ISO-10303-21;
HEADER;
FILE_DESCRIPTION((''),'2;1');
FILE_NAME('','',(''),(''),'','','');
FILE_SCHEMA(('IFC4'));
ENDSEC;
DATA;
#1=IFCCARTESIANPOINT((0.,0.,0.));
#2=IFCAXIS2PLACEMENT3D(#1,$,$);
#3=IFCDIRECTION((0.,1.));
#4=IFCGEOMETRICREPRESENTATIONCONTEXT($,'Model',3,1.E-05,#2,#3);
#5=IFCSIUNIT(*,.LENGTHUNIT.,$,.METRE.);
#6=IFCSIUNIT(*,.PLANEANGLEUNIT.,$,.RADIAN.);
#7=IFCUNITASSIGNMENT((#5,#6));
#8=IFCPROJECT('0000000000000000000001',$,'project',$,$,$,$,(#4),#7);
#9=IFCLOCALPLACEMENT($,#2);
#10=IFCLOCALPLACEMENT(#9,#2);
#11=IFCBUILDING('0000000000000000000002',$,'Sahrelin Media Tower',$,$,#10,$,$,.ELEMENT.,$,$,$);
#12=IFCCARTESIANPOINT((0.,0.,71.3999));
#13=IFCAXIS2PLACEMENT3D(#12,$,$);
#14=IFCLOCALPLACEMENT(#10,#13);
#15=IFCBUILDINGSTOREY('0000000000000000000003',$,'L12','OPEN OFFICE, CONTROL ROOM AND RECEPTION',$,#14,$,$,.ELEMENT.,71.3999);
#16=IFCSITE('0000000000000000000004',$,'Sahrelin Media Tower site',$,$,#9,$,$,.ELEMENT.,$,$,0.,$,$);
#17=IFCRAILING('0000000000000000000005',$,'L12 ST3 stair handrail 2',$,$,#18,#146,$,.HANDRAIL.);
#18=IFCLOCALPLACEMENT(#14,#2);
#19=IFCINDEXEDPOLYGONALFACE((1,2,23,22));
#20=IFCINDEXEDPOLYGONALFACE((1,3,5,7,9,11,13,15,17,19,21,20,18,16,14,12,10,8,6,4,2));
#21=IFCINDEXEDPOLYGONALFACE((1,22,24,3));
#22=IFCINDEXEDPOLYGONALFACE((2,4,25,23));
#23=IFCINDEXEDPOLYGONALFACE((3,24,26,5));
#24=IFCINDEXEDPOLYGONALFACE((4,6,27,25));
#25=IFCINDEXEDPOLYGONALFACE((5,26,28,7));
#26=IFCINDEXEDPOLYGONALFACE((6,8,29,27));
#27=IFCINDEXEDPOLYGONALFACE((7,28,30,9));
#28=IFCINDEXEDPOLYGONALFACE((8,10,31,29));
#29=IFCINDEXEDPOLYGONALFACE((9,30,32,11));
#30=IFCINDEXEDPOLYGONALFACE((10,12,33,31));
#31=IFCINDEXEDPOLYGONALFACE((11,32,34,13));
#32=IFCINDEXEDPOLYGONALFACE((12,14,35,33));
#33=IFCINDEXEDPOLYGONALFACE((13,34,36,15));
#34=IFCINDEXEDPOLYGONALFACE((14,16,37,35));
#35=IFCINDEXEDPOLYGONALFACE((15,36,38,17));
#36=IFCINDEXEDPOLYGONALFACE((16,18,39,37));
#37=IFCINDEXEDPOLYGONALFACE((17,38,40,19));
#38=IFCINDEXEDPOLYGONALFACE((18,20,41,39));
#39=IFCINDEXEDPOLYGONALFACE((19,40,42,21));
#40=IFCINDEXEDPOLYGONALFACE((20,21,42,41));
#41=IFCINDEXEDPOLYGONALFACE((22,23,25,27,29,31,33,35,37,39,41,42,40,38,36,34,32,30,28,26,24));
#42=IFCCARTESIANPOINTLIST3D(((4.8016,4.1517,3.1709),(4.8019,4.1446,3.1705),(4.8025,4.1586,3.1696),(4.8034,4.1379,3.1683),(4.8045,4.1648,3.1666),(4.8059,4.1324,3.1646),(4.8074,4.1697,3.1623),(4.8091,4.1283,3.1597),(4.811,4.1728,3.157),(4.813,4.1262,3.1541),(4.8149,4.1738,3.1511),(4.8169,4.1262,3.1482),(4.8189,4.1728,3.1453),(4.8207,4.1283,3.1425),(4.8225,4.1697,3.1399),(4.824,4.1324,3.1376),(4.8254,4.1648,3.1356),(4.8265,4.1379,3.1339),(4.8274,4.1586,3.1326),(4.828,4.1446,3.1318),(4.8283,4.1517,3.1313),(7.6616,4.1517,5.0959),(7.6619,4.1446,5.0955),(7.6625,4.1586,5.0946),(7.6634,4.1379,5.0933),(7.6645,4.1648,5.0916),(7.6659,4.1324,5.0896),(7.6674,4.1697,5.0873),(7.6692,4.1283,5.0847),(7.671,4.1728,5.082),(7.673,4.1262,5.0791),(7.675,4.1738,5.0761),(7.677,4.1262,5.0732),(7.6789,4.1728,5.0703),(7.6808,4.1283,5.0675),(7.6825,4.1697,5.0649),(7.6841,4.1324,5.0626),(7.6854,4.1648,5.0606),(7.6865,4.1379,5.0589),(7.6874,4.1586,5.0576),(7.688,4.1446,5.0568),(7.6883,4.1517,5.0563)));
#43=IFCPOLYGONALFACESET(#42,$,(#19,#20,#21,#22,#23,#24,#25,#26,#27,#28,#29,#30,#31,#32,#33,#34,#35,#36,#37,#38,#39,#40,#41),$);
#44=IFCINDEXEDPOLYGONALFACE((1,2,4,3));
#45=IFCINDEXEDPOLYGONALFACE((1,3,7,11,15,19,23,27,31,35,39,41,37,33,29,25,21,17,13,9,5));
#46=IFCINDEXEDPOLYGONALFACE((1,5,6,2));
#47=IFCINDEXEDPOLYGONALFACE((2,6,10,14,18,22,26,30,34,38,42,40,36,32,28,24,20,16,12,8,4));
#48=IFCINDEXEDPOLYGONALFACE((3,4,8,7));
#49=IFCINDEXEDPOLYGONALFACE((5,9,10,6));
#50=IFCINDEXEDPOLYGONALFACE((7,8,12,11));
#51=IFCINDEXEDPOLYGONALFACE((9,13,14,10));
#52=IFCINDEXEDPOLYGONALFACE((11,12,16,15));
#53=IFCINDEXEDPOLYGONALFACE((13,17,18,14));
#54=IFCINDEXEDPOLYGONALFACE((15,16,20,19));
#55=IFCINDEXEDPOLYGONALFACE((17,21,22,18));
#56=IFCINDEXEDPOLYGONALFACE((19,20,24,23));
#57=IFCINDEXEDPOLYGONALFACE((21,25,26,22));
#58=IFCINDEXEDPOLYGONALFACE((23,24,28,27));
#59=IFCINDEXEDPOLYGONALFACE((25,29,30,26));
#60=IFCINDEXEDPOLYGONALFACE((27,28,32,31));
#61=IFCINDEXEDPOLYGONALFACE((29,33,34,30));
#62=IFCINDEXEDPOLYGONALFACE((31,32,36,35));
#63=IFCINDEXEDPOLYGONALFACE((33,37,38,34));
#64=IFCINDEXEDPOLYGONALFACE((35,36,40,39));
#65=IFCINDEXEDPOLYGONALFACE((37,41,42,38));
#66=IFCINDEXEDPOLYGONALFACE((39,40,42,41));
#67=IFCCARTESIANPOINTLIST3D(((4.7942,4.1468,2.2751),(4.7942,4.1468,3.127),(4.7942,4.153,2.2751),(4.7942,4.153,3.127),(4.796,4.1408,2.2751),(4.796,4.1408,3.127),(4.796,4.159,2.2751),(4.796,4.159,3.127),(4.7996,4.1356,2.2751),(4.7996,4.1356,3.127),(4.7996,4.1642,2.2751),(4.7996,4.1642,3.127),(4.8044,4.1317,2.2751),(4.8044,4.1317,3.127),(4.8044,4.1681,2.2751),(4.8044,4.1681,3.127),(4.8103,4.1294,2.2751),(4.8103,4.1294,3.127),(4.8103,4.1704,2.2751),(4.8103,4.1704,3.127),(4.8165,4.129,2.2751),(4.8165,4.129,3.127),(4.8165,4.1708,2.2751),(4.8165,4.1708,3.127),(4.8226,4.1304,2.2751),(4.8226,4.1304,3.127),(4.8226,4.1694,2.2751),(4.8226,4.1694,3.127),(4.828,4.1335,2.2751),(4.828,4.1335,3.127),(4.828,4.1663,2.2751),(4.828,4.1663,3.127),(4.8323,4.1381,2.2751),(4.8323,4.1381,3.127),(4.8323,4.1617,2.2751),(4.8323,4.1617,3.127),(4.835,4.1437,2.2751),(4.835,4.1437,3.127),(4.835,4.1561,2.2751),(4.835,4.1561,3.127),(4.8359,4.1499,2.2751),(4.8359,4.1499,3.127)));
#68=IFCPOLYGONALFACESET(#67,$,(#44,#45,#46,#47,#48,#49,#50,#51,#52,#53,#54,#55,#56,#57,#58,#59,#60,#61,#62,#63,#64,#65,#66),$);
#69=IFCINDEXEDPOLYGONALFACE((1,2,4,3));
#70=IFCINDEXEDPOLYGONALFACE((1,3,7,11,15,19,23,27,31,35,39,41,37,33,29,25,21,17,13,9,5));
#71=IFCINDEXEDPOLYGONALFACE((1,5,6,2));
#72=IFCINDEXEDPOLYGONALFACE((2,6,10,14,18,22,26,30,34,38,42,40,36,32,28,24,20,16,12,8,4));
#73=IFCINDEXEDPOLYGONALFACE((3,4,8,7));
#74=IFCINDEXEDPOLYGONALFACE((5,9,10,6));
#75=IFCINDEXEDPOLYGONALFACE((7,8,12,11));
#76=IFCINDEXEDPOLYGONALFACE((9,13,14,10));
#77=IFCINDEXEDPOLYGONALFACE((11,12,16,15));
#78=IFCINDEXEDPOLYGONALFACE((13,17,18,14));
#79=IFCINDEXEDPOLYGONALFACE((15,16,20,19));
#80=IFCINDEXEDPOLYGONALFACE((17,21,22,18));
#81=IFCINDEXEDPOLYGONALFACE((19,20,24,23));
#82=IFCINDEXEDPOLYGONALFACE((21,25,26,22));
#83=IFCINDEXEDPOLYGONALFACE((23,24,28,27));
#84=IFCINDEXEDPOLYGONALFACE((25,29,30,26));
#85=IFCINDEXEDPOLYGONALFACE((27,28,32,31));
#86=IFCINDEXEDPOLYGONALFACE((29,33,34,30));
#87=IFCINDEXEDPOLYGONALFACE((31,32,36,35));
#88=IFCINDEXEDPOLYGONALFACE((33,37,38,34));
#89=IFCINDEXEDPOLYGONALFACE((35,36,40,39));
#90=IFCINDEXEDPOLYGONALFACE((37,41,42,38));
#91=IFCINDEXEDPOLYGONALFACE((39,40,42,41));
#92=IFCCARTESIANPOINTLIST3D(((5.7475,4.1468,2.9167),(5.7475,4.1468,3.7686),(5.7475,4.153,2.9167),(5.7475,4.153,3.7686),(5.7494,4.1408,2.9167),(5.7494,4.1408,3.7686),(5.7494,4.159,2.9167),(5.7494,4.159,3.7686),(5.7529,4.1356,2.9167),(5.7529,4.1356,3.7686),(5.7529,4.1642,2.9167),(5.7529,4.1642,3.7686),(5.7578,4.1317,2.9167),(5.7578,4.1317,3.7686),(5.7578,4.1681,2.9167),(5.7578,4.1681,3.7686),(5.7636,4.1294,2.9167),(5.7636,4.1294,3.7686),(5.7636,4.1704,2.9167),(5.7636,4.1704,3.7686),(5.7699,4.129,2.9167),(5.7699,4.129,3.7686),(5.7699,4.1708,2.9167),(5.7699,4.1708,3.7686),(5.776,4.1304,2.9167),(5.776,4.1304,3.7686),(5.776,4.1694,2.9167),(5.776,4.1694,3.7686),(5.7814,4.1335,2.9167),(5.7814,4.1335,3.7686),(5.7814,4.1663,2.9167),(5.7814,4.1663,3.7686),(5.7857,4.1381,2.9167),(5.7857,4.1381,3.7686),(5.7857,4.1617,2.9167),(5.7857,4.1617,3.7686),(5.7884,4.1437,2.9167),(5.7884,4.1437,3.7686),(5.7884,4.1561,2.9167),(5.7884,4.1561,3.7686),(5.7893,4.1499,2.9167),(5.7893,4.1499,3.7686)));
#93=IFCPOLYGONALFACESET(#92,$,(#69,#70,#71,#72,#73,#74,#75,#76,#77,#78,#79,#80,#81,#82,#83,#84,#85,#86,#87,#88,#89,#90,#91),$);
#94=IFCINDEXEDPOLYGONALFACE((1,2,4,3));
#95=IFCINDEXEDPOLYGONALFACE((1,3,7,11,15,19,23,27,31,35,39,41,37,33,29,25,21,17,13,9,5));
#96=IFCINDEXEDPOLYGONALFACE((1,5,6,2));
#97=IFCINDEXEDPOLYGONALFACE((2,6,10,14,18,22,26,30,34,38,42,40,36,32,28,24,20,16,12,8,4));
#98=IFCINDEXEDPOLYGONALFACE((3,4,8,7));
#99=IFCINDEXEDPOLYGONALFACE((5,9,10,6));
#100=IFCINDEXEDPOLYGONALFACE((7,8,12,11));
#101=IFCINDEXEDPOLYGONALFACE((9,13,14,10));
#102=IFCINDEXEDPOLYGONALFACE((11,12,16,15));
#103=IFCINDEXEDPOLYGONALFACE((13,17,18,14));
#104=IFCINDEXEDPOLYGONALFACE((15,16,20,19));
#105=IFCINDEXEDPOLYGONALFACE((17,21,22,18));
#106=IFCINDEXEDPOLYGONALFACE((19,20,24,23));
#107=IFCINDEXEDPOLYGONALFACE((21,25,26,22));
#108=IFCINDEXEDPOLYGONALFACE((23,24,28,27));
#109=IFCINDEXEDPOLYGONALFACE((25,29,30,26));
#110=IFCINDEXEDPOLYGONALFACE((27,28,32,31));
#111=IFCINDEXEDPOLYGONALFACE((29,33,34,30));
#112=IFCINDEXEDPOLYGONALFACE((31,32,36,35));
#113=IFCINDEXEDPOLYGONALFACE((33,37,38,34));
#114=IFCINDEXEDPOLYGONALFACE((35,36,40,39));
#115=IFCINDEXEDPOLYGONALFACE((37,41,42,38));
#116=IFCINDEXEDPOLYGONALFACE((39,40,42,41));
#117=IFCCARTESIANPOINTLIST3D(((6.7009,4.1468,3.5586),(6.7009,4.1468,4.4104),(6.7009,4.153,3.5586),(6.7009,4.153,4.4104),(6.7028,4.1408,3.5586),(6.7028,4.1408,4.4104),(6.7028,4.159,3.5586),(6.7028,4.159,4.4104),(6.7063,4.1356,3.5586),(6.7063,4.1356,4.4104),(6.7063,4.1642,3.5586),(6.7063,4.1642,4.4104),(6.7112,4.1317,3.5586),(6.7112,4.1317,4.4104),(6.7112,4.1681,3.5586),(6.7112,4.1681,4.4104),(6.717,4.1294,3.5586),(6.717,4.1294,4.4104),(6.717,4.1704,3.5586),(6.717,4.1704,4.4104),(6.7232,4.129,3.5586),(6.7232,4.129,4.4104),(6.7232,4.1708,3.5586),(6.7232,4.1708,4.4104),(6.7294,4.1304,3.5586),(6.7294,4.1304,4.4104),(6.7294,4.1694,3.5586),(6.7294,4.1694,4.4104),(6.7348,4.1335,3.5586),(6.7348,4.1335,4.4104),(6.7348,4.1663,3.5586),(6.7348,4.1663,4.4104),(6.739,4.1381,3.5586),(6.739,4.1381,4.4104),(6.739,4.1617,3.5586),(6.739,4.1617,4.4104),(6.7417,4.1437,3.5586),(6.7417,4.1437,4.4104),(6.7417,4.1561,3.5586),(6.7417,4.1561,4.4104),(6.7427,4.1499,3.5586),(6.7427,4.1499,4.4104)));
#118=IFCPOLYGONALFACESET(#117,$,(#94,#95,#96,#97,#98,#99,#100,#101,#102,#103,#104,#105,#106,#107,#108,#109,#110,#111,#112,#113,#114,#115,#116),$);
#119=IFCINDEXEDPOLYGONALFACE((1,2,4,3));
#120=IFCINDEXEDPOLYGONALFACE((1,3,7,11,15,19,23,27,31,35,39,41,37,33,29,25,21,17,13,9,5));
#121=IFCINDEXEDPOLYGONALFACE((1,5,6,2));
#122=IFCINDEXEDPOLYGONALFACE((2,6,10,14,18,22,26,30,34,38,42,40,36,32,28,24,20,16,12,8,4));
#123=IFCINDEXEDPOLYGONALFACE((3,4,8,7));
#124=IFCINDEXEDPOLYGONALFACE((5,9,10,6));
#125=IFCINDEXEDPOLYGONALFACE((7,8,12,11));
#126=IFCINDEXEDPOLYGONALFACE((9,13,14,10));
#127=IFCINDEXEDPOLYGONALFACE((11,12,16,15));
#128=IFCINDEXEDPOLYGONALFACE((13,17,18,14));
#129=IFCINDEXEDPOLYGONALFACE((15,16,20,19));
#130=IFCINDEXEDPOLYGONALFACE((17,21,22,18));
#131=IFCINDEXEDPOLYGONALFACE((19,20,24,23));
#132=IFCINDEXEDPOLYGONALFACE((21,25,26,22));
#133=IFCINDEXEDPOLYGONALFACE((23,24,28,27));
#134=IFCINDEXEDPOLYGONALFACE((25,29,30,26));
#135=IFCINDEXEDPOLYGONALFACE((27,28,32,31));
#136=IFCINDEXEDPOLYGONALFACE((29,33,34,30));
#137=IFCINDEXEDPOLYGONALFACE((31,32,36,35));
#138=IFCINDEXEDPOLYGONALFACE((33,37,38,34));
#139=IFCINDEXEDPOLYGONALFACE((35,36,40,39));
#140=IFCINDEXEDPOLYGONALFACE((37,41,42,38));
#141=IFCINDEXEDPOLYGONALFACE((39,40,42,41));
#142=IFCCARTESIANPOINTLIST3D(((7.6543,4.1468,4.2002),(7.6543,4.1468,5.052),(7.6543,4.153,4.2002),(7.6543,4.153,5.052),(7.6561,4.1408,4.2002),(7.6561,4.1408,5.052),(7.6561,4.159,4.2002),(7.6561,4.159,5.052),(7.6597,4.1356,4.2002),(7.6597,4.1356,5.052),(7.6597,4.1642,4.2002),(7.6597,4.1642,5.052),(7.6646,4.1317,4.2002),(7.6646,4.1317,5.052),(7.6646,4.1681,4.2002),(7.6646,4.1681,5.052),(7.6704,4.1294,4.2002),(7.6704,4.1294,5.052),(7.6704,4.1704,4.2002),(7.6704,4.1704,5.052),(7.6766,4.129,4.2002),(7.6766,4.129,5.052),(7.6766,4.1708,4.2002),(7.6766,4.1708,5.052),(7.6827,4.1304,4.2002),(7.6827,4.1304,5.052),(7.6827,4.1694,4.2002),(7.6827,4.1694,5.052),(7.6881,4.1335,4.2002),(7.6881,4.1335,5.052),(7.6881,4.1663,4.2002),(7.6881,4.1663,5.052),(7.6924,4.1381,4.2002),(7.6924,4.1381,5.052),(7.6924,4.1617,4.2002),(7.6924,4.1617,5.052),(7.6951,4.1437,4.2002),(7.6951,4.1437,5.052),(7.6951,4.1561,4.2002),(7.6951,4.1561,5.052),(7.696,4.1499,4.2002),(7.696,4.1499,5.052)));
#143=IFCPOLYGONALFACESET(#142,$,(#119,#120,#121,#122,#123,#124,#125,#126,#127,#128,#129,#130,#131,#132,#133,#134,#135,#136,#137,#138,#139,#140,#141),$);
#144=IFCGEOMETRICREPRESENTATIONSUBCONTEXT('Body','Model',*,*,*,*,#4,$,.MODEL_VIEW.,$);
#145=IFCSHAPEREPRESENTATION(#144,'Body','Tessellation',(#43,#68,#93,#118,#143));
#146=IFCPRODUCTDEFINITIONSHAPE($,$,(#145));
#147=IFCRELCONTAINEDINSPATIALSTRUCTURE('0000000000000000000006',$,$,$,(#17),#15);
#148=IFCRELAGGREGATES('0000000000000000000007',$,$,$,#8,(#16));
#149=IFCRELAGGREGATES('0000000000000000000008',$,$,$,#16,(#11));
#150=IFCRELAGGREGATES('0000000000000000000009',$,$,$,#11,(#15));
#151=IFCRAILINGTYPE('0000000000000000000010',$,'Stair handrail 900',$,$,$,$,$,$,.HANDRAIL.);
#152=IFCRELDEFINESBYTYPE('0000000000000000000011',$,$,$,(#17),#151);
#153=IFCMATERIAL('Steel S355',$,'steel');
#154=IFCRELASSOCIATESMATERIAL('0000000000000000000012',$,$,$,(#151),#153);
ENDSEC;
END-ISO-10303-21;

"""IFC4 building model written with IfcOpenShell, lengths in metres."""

from ifc_helpers import new_model, si_unit, direction, frame, origin, origin_2d, place, context, subcontext, project, spatial, circle, extrude, material, type_object, element, save


model = new_model("IFC4")

# Units and contexts
model_context = context("Model", 3, precision=1e-05, world=origin(), true_north=direction((0.0, 1.0)))
body_context = subcontext(model_context, "Body", "Model", "MODEL_VIEW")
ifc_project = project(units=[si_unit("LENGTHUNIT", "METRE"), si_unit("PLANEANGLEUNIT", "RADIAN")], contexts=[model_context])

# Site, building, storey
site_placement = place(None, origin())
site = spatial("IfcSite", under=ifc_project, at=site_placement, Name="Sahrelin Media Tower site", CompositionType="ELEMENT", RefElevation=0.0)
building_placement = place(site_placement, origin())
building = spatial("IfcBuilding", under=site, at=building_placement, Name="Sahrelin Media Tower", CompositionType="ELEMENT")
storey_placement = place(building_placement, frame((0.0, 0.0, 71.3999)))
storey = spatial("IfcBuildingStorey", under=building, at=storey_placement, Name="L12", Description="OPEN OFFICE, CONTROL ROOM AND RECEPTION", CompositionType="ELEMENT", Elevation=71.3999)

# Railing
ifc_material_1 = material(Name="Steel S355", Category="steel")
railing_type_1 = type_object("IfcRailingType", Name="Stair handrail 900", PredefinedType="HANDRAIL", material=ifc_material_1)
railing_1_placement = place(storey_placement, frame((4.8149, 4.1499, 2.2751)))
element("IfcRailing", 1, at=railing_1_placement, inside=storey, type_object=railing_type_1, Name="L12 ST3 stair handrail 2", PredefinedType="HANDRAIL", context=body_context, shape_type="SweptSolid", body=[
    extrude(circle(Radius=0.0239, at=origin_2d()), frame((0.0, 0.0, 0.876), z_axis=(0.829591, 0.0, 0.558372), x_axis=(0.0, 1.0, 0.0)), (0.0, 0.0, 1.0), 3.4475),
    extrude(circle(Radius=0.021, at=origin_2d()), origin(), (0.0, 0.0, 1.0), 0.8518),
    extrude(circle(Radius=0.021, at=origin_2d()), frame((0.9534, 0.0, 0.6416)), (0.0, 0.0, 1.0), 0.8518),
    extrude(circle(Radius=0.021, at=origin_2d()), frame((1.9067, 0.0, 1.2834)), (0.0, 0.0, 1.0), 0.8518),
    extrude(circle(Radius=0.021, at=origin_2d()), frame((2.8601, 0.0, 1.925)), (0.0, 0.0, 1.0), 0.8518),
])

save(model, "model.ifc")
